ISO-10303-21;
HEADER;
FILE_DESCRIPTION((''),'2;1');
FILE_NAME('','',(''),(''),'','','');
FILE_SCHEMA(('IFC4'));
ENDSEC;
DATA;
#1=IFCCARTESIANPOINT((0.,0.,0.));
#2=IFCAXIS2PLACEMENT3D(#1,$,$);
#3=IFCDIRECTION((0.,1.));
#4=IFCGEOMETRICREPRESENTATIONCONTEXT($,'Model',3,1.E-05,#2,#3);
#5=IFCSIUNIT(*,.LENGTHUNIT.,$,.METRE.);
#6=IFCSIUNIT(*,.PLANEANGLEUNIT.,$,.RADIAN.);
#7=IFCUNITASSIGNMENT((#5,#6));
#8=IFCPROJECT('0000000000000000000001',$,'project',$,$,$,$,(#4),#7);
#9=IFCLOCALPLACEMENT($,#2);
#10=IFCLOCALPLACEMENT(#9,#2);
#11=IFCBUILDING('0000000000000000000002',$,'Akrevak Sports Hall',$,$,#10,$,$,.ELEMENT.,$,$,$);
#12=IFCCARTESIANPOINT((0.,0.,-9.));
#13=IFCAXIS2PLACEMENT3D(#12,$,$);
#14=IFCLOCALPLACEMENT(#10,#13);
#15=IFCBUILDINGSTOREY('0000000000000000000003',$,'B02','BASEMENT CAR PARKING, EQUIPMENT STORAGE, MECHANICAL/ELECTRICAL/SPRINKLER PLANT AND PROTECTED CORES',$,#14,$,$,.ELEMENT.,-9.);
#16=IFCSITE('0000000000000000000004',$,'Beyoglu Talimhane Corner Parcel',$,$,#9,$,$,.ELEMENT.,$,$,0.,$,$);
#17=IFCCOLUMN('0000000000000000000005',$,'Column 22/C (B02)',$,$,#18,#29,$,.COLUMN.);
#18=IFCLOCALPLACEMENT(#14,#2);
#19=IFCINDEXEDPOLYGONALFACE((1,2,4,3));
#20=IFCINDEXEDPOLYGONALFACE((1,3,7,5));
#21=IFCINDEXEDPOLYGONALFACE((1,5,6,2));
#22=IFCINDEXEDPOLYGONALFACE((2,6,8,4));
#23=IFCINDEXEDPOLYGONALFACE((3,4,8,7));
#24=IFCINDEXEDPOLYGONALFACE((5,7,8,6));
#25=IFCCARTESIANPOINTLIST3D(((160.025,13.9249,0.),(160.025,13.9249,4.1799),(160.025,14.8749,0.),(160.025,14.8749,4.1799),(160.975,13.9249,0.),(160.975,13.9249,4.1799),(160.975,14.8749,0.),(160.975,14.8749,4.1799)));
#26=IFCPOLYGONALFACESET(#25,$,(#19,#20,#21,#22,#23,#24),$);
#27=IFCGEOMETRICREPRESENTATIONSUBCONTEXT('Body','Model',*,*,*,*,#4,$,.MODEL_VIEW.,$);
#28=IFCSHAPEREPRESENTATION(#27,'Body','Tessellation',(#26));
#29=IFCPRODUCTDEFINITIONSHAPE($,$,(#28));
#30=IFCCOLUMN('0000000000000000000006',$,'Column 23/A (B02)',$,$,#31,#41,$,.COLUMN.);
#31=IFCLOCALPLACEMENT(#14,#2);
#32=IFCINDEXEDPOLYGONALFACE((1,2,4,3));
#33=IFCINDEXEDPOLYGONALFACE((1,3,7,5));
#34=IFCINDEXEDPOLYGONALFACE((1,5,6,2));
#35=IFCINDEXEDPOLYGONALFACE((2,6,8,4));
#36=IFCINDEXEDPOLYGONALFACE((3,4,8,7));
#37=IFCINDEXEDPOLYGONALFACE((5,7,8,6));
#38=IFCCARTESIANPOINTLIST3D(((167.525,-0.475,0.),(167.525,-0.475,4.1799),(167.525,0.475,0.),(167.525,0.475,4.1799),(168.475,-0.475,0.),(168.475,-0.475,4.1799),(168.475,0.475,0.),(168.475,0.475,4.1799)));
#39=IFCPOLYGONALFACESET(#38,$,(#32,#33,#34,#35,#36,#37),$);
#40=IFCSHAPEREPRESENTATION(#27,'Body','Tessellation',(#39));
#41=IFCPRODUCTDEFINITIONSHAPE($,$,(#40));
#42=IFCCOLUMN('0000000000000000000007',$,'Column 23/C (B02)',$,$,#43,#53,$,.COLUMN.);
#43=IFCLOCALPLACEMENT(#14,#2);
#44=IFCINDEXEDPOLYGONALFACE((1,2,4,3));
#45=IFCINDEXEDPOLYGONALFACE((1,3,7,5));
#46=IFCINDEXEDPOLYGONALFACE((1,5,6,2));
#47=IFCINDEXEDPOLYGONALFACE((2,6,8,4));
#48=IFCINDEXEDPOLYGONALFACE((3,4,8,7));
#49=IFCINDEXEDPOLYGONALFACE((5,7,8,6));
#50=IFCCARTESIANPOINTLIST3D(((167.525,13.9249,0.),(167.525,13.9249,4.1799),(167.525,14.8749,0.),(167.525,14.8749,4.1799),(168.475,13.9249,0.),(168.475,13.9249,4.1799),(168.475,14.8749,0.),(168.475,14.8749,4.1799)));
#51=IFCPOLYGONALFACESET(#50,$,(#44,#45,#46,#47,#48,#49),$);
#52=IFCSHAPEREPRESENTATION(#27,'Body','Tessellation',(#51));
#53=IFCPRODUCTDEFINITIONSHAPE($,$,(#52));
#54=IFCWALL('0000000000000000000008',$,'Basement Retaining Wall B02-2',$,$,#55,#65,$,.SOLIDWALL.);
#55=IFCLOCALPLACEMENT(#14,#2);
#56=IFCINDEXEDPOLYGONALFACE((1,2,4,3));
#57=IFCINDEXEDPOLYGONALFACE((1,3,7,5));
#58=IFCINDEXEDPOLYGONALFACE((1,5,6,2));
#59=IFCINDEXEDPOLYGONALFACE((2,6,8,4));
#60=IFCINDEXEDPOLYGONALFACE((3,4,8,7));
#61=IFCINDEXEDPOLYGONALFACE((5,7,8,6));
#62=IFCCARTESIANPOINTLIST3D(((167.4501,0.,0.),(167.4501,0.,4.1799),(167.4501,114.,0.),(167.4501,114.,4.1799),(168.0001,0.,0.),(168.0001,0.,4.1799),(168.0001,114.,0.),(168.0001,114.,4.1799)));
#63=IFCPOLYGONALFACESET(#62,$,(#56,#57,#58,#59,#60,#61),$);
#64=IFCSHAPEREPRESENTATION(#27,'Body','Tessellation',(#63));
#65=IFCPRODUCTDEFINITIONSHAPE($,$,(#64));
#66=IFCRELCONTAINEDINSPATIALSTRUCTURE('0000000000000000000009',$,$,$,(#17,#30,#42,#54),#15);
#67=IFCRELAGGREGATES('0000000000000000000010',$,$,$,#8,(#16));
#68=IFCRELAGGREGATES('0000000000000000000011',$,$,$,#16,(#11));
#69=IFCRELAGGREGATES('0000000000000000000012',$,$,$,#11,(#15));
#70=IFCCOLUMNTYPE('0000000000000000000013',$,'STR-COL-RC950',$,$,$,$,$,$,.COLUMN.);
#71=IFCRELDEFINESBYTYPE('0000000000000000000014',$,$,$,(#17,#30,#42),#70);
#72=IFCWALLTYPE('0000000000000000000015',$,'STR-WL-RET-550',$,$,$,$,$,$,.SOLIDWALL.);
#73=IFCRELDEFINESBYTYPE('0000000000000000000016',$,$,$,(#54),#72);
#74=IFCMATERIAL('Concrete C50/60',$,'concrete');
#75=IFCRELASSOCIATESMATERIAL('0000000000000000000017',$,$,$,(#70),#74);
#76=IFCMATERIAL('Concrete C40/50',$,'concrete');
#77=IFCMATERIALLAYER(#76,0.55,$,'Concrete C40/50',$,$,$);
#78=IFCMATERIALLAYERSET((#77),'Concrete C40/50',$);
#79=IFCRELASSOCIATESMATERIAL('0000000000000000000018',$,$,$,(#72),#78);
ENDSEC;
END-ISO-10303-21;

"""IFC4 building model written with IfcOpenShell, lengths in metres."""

from ifc_helpers import new_model, si_unit, direction, frame, frame_2d, origin, origin_2d, place, context, subcontext, project, spatial, rectangle, extrude, material, layer, layer_set, material_profile, profile_set, type_object, element, save


model = new_model("IFC4")

# Units and contexts
model_context = context("Model", 3, precision=1e-05, world=origin(), true_north=direction((0.0, 1.0)))
body_context = subcontext(model_context, "Body", "Model", "MODEL_VIEW")
ifc_project = project(units=[si_unit("LENGTHUNIT", "METRE"), si_unit("PLANEANGLEUNIT", "RADIAN")], contexts=[model_context])

# Site, building, storey
site_placement = place(None, origin())
site = spatial("IfcSite", under=ifc_project, at=site_placement, Name="Beyoglu Talimhane Corner Parcel", CompositionType="ELEMENT", RefElevation=0.0)
building_placement = place(site_placement, origin())
building = spatial("IfcBuilding", under=site, at=building_placement, Name="Akrevak Sports Hall", CompositionType="ELEMENT")
storey_placement = place(building_placement, frame((0.0, 0.0, -9.0)))
storey = spatial("IfcBuildingStorey", under=building, at=storey_placement, Name="B02", Description="BASEMENT CAR PARKING, EQUIPMENT STORAGE, MECHANICAL/ELECTRICAL/SPRINKLER PLANT AND PROTECTED CORES", CompositionType="ELEMENT", Elevation=-9.0)

# Shared definitions
ifc_material_1 = material(Name="Concrete C40/50", Category="concrete")

# Columns
ifc_material_2 = material(Name="Concrete C50/60", Category="concrete")
ifc_material_profile_1 = material_profile(ifc_material_2, rectangle(XDim=0.95, YDim=0.95, at=origin_2d()), Name="RC 950x950", Category="concrete")
ifc_profile_set_1 = profile_set([ifc_material_profile_1], Name="Concrete C50/60")
column_type_1 = type_object("IfcColumnType", Name="STR-COL-RC950", PredefinedType="COLUMN", material=ifc_profile_set_1)
for number, where, z_axis, x_axis, name in (
    (1, (160.5, 14.3999, 0.0), (0.0, 0.0, 1.0), (1.0, 0.0, 0.0), "Column 22/C (B02)"),
    (2, (168.0, 0.0, 0.0), (0.0, 0.0, 1.0), (1.0, 0.0, 0.0), "Column 23/A (B02)"),
    (3, (168.0, 14.3999, 0.0), (0.0, 0.0, 1.0), (1.0, 0.0, 0.0), "Column 23/C (B02)"),
):
    element("IfcColumn", number, at=place(storey_placement, frame(where, z_axis=z_axis, x_axis=x_axis)), inside=storey, type_object=column_type_1, Name=name, PredefinedType="COLUMN", context=body_context, shape_type="SweptSolid", body=[
        extrude(rectangle(XDim=0.95, YDim=0.95, at=origin_2d()), origin(), (0.0, 0.0, 1.0), 4.1799),
    ])

# Wall
ifc_layer = layer(ifc_material_1, 0.55, Name="Concrete C40/50")
ifc_layer_set = layer_set([ifc_layer], Name="Concrete C40/50")
wall_type = type_object("IfcWallType", Name="STR-WL-RET-550", PredefinedType="SOLIDWALL", material=ifc_layer_set)
wall_placement = place(storey_placement, frame((167.7251, 0.0, 0.0), z_axis=(0.0, 0.0, 1.0), x_axis=(0.0, 1.0, 0.0)))
element("IfcWall", 4, at=wall_placement, inside=storey, type_object=wall_type, Name="Basement Retaining Wall B02-2", PredefinedType="SOLIDWALL", context=body_context, shape_type="SweptSolid", body=[
    extrude(rectangle(XDim=114.0, YDim=0.55, at=frame_2d((57.0, 0.0))), origin(), (0.0, 0.0, 1.0), 4.1799),
])

save(model, "model.ifc")
